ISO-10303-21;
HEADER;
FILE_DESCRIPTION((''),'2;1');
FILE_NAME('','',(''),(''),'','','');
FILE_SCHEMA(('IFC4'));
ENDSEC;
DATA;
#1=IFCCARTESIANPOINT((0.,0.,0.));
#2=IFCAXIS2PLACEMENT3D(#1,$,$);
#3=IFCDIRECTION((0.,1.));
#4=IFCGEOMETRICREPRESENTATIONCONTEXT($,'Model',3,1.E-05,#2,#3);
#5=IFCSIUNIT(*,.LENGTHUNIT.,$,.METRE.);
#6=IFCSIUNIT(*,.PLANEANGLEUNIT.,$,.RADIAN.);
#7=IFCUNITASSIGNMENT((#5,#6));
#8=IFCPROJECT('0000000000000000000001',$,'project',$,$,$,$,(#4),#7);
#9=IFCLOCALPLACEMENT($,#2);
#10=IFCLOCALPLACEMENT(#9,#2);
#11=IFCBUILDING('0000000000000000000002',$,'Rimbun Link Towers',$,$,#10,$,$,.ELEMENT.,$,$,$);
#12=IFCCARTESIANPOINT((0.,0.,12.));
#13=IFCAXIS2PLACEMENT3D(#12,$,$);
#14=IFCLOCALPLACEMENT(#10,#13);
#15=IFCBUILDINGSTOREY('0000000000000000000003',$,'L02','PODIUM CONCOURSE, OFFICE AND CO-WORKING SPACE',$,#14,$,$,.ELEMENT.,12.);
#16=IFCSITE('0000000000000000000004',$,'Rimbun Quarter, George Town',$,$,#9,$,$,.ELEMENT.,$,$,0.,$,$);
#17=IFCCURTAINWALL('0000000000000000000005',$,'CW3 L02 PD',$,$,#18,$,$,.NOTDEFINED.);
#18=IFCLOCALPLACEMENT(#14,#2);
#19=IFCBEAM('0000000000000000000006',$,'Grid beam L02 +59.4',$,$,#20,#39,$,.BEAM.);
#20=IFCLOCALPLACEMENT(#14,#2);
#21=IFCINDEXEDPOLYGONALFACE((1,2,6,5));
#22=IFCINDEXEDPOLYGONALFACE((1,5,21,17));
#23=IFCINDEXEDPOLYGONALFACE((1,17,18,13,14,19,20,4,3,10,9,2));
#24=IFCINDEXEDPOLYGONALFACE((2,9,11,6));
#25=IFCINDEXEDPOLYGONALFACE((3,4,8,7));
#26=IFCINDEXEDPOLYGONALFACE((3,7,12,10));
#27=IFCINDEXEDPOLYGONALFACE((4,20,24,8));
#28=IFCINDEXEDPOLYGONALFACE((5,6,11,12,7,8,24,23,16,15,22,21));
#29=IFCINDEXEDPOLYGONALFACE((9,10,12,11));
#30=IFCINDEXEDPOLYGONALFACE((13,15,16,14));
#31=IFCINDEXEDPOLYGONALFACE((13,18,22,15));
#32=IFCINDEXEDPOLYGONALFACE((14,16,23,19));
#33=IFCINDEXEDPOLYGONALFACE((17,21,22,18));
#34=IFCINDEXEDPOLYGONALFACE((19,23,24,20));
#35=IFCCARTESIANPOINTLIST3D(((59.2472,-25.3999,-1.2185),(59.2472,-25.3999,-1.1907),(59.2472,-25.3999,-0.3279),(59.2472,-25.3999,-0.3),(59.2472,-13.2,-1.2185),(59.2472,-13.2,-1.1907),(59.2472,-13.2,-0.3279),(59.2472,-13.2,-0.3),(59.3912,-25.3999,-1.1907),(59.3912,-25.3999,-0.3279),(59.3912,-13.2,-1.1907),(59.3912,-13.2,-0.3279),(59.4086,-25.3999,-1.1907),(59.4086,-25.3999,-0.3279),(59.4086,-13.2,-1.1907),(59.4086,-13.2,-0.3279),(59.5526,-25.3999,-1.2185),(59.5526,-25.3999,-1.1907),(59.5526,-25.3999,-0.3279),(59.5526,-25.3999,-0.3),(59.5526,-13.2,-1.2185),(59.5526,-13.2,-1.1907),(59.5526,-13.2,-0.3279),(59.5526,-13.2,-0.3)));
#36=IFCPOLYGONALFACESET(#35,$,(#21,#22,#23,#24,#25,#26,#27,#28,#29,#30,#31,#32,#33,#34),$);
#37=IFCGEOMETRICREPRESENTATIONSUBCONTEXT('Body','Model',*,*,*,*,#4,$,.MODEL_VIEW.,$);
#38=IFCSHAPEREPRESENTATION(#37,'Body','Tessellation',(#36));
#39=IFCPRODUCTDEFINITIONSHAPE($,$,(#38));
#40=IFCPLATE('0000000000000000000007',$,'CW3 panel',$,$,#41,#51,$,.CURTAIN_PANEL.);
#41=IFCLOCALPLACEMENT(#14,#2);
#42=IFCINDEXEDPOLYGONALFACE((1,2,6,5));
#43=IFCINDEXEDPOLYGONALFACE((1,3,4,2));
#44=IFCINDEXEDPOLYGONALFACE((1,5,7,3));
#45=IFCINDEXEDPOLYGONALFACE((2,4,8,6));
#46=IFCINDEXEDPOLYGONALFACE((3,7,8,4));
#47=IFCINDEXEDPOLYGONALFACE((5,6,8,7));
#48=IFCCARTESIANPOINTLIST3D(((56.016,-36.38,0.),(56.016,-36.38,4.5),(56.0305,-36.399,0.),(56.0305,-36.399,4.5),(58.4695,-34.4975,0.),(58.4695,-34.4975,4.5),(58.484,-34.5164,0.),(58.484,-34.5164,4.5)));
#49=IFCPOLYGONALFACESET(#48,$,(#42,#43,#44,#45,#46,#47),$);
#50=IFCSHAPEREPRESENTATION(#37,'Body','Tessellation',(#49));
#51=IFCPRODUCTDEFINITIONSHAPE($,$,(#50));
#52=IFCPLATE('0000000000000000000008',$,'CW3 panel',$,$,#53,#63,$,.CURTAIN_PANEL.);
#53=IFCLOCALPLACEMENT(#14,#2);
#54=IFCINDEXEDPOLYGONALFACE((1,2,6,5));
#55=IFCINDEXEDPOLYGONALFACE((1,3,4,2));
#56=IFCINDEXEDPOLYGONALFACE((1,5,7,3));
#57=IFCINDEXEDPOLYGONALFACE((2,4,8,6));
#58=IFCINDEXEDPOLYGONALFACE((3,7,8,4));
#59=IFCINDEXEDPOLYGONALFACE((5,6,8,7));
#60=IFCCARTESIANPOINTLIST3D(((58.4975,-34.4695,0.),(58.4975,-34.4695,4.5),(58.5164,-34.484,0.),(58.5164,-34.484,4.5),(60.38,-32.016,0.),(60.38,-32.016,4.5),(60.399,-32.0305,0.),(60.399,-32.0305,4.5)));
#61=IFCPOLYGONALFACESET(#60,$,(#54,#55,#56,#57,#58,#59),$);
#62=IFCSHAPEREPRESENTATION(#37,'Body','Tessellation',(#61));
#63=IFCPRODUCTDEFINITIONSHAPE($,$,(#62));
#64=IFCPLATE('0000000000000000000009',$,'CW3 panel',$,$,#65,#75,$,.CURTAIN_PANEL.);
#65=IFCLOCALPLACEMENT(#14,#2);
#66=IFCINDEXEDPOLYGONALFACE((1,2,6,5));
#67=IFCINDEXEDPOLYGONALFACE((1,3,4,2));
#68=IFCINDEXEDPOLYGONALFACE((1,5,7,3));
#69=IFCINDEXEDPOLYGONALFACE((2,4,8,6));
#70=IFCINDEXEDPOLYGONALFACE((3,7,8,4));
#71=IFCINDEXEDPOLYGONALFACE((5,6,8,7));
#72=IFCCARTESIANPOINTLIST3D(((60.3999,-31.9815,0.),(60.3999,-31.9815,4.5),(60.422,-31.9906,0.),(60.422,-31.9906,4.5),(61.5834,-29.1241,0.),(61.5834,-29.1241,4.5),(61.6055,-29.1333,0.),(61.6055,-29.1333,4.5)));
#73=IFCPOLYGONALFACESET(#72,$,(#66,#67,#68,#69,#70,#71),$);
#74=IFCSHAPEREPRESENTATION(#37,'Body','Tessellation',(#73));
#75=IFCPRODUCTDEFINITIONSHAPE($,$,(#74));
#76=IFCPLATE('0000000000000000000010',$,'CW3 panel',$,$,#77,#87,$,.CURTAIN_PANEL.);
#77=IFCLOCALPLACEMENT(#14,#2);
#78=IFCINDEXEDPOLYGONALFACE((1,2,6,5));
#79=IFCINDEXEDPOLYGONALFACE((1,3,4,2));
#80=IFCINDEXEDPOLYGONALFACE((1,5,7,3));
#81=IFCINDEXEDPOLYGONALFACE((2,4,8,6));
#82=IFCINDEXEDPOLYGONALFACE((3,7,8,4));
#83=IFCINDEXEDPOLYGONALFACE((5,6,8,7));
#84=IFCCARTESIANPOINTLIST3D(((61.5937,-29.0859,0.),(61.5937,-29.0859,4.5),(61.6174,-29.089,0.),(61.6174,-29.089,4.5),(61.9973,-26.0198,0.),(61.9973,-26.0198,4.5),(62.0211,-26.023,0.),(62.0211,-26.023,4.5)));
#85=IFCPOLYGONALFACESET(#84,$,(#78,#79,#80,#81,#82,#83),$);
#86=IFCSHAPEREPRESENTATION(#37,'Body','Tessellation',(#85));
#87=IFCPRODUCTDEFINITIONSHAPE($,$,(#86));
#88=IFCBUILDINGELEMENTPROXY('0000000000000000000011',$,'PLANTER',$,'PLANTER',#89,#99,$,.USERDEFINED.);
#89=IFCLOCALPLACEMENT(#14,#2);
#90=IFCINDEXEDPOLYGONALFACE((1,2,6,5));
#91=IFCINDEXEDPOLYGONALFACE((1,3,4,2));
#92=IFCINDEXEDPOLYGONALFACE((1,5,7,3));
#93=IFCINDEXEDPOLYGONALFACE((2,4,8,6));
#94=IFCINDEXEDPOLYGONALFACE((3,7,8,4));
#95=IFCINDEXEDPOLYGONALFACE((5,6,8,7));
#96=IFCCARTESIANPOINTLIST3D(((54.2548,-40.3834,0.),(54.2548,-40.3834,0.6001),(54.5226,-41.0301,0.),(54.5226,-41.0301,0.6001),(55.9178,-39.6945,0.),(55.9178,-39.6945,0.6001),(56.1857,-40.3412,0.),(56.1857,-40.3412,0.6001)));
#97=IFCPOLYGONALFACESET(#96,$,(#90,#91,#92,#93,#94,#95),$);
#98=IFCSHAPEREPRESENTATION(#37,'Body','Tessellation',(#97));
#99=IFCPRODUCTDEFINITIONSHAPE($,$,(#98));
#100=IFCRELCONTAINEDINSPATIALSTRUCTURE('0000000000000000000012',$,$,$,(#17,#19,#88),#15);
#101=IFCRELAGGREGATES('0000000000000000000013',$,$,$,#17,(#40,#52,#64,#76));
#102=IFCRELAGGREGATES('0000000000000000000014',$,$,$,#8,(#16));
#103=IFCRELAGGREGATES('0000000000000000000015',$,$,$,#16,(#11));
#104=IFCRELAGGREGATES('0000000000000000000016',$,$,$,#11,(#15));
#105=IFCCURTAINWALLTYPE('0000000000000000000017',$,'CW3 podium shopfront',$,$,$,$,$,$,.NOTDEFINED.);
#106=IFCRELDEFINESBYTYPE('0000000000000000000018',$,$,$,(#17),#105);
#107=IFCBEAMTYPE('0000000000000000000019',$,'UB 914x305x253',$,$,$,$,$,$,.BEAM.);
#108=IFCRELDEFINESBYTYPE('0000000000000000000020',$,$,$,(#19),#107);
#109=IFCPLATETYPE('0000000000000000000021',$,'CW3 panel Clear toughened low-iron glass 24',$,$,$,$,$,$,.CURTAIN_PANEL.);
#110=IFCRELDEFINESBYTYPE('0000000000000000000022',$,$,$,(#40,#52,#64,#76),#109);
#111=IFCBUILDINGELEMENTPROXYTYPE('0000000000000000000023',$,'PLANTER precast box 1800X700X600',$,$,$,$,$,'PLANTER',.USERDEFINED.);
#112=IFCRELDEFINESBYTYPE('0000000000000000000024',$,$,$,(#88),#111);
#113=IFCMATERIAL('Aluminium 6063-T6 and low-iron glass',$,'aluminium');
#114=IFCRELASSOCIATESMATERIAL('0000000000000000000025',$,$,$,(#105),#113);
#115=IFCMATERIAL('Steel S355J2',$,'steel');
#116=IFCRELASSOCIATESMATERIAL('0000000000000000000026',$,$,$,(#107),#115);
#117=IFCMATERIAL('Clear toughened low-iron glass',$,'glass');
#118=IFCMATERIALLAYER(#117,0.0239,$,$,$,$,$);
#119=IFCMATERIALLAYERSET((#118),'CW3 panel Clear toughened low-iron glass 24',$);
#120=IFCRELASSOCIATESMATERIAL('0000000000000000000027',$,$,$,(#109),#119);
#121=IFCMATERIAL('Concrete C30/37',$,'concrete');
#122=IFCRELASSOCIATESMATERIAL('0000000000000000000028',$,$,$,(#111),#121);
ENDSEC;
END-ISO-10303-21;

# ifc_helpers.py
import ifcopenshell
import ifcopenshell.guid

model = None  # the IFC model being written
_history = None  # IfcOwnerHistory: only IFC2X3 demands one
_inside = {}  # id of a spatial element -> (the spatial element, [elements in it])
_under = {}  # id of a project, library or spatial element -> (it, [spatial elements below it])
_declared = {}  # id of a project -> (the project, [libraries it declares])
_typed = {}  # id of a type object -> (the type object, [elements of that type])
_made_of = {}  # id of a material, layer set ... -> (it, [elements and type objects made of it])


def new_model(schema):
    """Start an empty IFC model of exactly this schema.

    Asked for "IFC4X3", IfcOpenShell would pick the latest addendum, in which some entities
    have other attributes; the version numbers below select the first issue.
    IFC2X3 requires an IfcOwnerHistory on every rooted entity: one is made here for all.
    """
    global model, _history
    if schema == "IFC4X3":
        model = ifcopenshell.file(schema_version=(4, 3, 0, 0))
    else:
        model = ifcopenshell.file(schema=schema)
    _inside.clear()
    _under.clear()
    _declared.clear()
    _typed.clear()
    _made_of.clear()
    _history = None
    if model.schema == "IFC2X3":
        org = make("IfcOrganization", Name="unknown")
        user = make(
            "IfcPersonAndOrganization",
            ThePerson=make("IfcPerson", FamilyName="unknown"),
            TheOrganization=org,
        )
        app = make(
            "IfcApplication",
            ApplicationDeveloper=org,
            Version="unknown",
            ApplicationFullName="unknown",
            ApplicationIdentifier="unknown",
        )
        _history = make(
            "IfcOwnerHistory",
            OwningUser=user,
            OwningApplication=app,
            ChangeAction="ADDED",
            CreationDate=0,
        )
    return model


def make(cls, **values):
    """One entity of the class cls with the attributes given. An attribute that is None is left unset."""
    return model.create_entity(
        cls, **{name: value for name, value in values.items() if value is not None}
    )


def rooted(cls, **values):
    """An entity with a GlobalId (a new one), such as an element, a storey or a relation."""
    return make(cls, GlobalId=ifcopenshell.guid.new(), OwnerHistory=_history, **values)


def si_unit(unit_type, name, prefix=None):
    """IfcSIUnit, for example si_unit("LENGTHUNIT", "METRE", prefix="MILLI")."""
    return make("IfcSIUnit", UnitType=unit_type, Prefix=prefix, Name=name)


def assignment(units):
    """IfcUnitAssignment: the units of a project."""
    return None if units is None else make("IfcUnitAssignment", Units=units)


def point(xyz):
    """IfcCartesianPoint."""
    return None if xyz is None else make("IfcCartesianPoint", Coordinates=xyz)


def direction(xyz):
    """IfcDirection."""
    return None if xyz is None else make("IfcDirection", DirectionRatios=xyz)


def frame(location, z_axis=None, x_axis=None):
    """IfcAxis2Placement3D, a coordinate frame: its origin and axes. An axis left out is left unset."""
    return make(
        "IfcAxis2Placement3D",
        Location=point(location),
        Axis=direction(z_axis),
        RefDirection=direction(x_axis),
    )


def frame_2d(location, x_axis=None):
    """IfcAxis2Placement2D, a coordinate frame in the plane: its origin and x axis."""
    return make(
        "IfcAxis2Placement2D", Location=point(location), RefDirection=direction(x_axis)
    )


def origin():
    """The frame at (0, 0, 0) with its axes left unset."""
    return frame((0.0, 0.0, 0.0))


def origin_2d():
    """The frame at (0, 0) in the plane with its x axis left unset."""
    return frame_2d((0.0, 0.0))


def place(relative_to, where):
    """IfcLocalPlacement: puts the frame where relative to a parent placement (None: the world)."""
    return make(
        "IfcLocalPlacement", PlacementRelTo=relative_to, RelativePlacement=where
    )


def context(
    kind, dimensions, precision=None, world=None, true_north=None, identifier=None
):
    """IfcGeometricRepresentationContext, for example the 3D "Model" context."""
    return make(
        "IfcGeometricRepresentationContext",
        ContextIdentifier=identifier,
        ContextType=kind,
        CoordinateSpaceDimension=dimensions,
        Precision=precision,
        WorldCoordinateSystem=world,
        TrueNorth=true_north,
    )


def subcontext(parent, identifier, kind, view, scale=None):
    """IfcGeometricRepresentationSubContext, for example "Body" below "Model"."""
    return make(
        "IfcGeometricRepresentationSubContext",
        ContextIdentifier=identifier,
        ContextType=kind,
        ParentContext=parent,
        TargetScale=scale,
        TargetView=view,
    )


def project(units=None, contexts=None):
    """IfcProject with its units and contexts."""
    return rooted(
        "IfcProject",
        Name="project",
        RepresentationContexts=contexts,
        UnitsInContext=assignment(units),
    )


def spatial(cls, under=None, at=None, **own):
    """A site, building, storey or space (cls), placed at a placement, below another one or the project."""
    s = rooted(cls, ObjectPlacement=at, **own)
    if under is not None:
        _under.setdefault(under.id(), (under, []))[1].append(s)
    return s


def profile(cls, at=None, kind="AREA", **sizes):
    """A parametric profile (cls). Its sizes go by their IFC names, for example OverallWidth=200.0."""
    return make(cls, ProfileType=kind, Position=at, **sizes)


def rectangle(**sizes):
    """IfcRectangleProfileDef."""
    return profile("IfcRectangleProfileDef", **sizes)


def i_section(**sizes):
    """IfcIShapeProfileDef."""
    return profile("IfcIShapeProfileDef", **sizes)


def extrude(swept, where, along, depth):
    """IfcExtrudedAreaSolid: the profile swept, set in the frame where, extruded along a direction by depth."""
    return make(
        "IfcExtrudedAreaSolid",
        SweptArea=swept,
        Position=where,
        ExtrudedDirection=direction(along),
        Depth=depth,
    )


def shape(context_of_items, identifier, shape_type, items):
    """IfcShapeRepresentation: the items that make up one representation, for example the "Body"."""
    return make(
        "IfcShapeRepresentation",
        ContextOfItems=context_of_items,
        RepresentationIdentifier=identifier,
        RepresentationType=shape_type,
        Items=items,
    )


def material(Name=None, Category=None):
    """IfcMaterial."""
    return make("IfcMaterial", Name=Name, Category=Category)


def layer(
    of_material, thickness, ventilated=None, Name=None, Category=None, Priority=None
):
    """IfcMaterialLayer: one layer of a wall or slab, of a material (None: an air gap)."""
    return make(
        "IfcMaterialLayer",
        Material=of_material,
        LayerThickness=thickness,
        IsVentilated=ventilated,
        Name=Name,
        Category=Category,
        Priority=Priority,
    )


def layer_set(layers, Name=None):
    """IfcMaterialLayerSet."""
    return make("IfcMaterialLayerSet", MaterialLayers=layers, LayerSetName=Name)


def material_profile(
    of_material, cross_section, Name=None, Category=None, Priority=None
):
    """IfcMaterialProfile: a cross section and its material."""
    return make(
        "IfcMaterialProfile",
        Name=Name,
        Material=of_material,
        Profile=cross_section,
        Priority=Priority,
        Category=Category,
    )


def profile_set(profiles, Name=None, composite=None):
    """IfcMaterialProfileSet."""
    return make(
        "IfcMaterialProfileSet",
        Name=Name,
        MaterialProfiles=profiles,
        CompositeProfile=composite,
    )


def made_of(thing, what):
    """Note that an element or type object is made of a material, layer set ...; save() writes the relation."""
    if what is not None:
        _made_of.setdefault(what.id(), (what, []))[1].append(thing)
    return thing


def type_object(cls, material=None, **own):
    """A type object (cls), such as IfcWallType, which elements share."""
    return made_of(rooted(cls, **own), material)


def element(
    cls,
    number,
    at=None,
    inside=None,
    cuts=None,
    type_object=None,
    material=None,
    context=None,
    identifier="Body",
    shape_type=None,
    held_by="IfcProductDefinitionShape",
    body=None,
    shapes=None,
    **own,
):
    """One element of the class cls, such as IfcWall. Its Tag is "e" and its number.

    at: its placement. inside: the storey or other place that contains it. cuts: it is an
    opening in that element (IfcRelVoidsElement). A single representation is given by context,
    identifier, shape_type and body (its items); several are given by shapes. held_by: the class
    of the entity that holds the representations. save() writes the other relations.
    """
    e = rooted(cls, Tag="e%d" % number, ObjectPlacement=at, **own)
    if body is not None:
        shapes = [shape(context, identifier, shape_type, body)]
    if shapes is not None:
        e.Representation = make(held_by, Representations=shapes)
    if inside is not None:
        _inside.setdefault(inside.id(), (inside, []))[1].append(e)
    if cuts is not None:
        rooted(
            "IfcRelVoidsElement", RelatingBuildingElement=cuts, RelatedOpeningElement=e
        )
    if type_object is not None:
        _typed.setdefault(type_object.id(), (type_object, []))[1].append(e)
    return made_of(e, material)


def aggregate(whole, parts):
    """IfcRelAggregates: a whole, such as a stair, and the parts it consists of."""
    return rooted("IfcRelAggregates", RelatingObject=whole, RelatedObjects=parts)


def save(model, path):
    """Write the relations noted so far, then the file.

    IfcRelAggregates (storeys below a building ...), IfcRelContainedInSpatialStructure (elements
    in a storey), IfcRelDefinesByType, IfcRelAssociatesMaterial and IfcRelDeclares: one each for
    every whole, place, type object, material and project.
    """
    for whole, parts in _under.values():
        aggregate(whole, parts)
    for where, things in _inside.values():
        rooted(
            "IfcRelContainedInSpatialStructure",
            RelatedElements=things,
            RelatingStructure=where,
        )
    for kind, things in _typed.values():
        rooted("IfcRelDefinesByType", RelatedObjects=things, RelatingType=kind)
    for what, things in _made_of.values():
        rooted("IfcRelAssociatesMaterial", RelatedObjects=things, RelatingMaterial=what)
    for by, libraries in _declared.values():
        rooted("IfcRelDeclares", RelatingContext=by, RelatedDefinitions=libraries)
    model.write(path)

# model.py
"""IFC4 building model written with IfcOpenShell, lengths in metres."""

from ifc_helpers import new_model, si_unit, direction, frame, origin, origin_2d, place, context, subcontext, project, spatial, rectangle, i_section, extrude, material, layer, layer_set, material_profile, profile_set, type_object, element, aggregate, save


model = new_model("IFC4")

# Units and contexts
model_context = context("Model", 3, precision=1e-05, world=origin(), true_north=direction((0.0, 1.0)))
body_context = subcontext(model_context, "Body", "Model", "MODEL_VIEW")
ifc_project = project(units=[si_unit("LENGTHUNIT", "METRE"), si_unit("PLANEANGLEUNIT", "RADIAN")], contexts=[model_context])

# Site, building, storey
site_placement = place(None, origin())
site = spatial("IfcSite", under=ifc_project, at=site_placement, Name="Rimbun Quarter, George Town", CompositionType="ELEMENT", RefElevation=0.0)
building_placement = place(site_placement, origin())
building = spatial("IfcBuilding", under=site, at=building_placement, Name="Rimbun Link Towers", CompositionType="ELEMENT")
storey_placement = place(building_placement, frame((0.0, 0.0, 12.0)))
storey = spatial("IfcBuildingStorey", under=building, at=storey_placement, Name="L02", Description="PODIUM CONCOURSE, OFFICE AND CO-WORKING SPACE", CompositionType="ELEMENT", Elevation=12.0)

# Curtain wall
ifc_material_1 = material(Name="Aluminium 6063-T6 and low-iron glass", Category="aluminium")
curtain_wall_type = type_object("IfcCurtainWallType", Name="CW3 podium shopfront", PredefinedType="NOTDEFINED", material=ifc_material_1)
curtain_wall_placement = place(storey_placement, origin())
curtain_wall = element("IfcCurtainWall", 1, at=curtain_wall_placement, inside=storey, type_object=curtain_wall_type, Name="CW3 L02 PD", PredefinedType="NOTDEFINED")

# Beam
ifc_material_2 = material(Name="Steel S355J2", Category="steel")
ifc_material_profile_1 = material_profile(ifc_material_2, i_section(OverallWidth=0.3054, OverallDepth=0.9185, WebThickness=0.0173, FlangeThickness=0.0278, at=origin_2d()), Name="UB 914x305x253")
ifc_profile_set_1 = profile_set([ifc_material_profile_1], Name="Steel S355J2")
beam_type_1 = type_object("IfcBeamType", Name="UB 914x305x253", PredefinedType="BEAM", material=ifc_profile_set_1)
beam_1_placement = place(storey_placement, frame((59.3999, -25.3999, -0.7593), z_axis=(0.0, 1.0, 0.0), x_axis=(-1.0, 0.0, 0.0)))
element("IfcBeam", 2, at=beam_1_placement, inside=storey, type_object=beam_type_1, Name="Grid beam L02 +59.4", PredefinedType="BEAM", context=body_context, shape_type="SweptSolid", body=[
    extrude(i_section(OverallWidth=0.3054, OverallDepth=0.9185, WebThickness=0.0173, FlangeThickness=0.0278, at=origin_2d()), origin(), (0.0, 0.0, 1.0), 12.2),
])

# Plates
ifc_material_3 = material(Name="Clear toughened low-iron glass", Category="glass")
ifc_layer = layer(ifc_material_3, 0.0239)
ifc_layer_set = layer_set([ifc_layer], Name="CW3 panel Clear toughened low-iron glass 24")
plate_type = type_object("IfcPlateType", Name="CW3 panel Clear toughened low-iron glass 24", PredefinedType="CURTAIN_PANEL", material=ifc_layer_set)
plate_1_placement = place(storey_placement, frame((57.25, -35.4482, 0.0), z_axis=(0.0, 0.0, 1.0), x_axis=(-0.793359, -0.608754, 0.0)))
plate_1 = element("IfcPlate", 3, at=plate_1_placement, type_object=plate_type, Name="CW3 panel", PredefinedType="CURTAIN_PANEL", context=body_context, shape_type="SweptSolid", body=[
    extrude(rectangle(XDim=3.0925, YDim=0.0239, at=origin_2d()), origin(), (0.0, 0.0, 1.0), 4.5),
])
plate_2_placement = place(storey_placement, frame((59.4482, -33.25, 0.0), z_axis=(0.0, 0.0, 1.0), x_axis=(-0.608754, -0.793359, 0.0)))
plate_2 = element("IfcPlate", 4, at=plate_2_placement, type_object=plate_type, Name="CW3 panel", PredefinedType="CURTAIN_PANEL", context=body_context, shape_type="SweptSolid", body=[
    extrude(rectangle(XDim=3.0925, YDim=0.0239, at=origin_2d()), origin(), (0.0, 0.0, 1.0), 4.5),
])
plate_3_placement = place(storey_placement, frame((61.0027, -30.5574, 0.0), z_axis=(0.0, 0.0, 1.0), x_axis=(-0.382679, -0.923881, 0.0)))
plate_3 = element("IfcPlate", 5, at=plate_3_placement, type_object=plate_type, Name="CW3 panel", PredefinedType="CURTAIN_PANEL", context=body_context, shape_type="SweptSolid", body=[
    extrude(rectangle(XDim=3.0928, YDim=0.0239, at=origin_2d()), origin(), (0.0, 0.0, 1.0), 4.5),
])
plate_4_placement = place(storey_placement, frame((61.8074, -27.5544, 0.0), z_axis=(0.0, 0.0, 1.0), x_axis=(-0.13053, -0.991444, 0.0)))
plate_4 = element("IfcPlate", 6, at=plate_4_placement, type_object=plate_type, Name="CW3 panel", PredefinedType="CURTAIN_PANEL", context=body_context, shape_type="SweptSolid", body=[
    extrude(rectangle(XDim=3.0925, YDim=0.0239, at=origin_2d()), origin(), (0.0, 0.0, 1.0), 4.5),
])
aggregate(curtain_wall, [plate_1, plate_2, plate_3, plate_4])

# Building element proxy
ifc_material_4 = material(Name="Concrete C30/37", Category="concrete")
building_element_proxy_type = type_object("IfcBuildingElementProxyType", Name="PLANTER precast box 1800X700X600", ElementType="PLANTER", PredefinedType="USERDEFINED", material=ifc_material_4)
proxy_placement = place(storey_placement, frame((55.2202, -40.3623, 0.0), z_axis=(0.0, 0.0, 1.0), x_axis=(0.923881, 0.382679, 0.0)))
element("IfcBuildingElementProxy", 7, at=proxy_placement, inside=storey, type_object=building_element_proxy_type, Name="PLANTER", ObjectType="PLANTER", PredefinedType="USERDEFINED", context=body_context, shape_type="SweptSolid", body=[
    extrude(rectangle(XDim=1.8, YDim=0.7, at=origin_2d()), origin(), (0.0, 0.0, 1.0), 0.6001),
])

save(model, "model.ifc")
